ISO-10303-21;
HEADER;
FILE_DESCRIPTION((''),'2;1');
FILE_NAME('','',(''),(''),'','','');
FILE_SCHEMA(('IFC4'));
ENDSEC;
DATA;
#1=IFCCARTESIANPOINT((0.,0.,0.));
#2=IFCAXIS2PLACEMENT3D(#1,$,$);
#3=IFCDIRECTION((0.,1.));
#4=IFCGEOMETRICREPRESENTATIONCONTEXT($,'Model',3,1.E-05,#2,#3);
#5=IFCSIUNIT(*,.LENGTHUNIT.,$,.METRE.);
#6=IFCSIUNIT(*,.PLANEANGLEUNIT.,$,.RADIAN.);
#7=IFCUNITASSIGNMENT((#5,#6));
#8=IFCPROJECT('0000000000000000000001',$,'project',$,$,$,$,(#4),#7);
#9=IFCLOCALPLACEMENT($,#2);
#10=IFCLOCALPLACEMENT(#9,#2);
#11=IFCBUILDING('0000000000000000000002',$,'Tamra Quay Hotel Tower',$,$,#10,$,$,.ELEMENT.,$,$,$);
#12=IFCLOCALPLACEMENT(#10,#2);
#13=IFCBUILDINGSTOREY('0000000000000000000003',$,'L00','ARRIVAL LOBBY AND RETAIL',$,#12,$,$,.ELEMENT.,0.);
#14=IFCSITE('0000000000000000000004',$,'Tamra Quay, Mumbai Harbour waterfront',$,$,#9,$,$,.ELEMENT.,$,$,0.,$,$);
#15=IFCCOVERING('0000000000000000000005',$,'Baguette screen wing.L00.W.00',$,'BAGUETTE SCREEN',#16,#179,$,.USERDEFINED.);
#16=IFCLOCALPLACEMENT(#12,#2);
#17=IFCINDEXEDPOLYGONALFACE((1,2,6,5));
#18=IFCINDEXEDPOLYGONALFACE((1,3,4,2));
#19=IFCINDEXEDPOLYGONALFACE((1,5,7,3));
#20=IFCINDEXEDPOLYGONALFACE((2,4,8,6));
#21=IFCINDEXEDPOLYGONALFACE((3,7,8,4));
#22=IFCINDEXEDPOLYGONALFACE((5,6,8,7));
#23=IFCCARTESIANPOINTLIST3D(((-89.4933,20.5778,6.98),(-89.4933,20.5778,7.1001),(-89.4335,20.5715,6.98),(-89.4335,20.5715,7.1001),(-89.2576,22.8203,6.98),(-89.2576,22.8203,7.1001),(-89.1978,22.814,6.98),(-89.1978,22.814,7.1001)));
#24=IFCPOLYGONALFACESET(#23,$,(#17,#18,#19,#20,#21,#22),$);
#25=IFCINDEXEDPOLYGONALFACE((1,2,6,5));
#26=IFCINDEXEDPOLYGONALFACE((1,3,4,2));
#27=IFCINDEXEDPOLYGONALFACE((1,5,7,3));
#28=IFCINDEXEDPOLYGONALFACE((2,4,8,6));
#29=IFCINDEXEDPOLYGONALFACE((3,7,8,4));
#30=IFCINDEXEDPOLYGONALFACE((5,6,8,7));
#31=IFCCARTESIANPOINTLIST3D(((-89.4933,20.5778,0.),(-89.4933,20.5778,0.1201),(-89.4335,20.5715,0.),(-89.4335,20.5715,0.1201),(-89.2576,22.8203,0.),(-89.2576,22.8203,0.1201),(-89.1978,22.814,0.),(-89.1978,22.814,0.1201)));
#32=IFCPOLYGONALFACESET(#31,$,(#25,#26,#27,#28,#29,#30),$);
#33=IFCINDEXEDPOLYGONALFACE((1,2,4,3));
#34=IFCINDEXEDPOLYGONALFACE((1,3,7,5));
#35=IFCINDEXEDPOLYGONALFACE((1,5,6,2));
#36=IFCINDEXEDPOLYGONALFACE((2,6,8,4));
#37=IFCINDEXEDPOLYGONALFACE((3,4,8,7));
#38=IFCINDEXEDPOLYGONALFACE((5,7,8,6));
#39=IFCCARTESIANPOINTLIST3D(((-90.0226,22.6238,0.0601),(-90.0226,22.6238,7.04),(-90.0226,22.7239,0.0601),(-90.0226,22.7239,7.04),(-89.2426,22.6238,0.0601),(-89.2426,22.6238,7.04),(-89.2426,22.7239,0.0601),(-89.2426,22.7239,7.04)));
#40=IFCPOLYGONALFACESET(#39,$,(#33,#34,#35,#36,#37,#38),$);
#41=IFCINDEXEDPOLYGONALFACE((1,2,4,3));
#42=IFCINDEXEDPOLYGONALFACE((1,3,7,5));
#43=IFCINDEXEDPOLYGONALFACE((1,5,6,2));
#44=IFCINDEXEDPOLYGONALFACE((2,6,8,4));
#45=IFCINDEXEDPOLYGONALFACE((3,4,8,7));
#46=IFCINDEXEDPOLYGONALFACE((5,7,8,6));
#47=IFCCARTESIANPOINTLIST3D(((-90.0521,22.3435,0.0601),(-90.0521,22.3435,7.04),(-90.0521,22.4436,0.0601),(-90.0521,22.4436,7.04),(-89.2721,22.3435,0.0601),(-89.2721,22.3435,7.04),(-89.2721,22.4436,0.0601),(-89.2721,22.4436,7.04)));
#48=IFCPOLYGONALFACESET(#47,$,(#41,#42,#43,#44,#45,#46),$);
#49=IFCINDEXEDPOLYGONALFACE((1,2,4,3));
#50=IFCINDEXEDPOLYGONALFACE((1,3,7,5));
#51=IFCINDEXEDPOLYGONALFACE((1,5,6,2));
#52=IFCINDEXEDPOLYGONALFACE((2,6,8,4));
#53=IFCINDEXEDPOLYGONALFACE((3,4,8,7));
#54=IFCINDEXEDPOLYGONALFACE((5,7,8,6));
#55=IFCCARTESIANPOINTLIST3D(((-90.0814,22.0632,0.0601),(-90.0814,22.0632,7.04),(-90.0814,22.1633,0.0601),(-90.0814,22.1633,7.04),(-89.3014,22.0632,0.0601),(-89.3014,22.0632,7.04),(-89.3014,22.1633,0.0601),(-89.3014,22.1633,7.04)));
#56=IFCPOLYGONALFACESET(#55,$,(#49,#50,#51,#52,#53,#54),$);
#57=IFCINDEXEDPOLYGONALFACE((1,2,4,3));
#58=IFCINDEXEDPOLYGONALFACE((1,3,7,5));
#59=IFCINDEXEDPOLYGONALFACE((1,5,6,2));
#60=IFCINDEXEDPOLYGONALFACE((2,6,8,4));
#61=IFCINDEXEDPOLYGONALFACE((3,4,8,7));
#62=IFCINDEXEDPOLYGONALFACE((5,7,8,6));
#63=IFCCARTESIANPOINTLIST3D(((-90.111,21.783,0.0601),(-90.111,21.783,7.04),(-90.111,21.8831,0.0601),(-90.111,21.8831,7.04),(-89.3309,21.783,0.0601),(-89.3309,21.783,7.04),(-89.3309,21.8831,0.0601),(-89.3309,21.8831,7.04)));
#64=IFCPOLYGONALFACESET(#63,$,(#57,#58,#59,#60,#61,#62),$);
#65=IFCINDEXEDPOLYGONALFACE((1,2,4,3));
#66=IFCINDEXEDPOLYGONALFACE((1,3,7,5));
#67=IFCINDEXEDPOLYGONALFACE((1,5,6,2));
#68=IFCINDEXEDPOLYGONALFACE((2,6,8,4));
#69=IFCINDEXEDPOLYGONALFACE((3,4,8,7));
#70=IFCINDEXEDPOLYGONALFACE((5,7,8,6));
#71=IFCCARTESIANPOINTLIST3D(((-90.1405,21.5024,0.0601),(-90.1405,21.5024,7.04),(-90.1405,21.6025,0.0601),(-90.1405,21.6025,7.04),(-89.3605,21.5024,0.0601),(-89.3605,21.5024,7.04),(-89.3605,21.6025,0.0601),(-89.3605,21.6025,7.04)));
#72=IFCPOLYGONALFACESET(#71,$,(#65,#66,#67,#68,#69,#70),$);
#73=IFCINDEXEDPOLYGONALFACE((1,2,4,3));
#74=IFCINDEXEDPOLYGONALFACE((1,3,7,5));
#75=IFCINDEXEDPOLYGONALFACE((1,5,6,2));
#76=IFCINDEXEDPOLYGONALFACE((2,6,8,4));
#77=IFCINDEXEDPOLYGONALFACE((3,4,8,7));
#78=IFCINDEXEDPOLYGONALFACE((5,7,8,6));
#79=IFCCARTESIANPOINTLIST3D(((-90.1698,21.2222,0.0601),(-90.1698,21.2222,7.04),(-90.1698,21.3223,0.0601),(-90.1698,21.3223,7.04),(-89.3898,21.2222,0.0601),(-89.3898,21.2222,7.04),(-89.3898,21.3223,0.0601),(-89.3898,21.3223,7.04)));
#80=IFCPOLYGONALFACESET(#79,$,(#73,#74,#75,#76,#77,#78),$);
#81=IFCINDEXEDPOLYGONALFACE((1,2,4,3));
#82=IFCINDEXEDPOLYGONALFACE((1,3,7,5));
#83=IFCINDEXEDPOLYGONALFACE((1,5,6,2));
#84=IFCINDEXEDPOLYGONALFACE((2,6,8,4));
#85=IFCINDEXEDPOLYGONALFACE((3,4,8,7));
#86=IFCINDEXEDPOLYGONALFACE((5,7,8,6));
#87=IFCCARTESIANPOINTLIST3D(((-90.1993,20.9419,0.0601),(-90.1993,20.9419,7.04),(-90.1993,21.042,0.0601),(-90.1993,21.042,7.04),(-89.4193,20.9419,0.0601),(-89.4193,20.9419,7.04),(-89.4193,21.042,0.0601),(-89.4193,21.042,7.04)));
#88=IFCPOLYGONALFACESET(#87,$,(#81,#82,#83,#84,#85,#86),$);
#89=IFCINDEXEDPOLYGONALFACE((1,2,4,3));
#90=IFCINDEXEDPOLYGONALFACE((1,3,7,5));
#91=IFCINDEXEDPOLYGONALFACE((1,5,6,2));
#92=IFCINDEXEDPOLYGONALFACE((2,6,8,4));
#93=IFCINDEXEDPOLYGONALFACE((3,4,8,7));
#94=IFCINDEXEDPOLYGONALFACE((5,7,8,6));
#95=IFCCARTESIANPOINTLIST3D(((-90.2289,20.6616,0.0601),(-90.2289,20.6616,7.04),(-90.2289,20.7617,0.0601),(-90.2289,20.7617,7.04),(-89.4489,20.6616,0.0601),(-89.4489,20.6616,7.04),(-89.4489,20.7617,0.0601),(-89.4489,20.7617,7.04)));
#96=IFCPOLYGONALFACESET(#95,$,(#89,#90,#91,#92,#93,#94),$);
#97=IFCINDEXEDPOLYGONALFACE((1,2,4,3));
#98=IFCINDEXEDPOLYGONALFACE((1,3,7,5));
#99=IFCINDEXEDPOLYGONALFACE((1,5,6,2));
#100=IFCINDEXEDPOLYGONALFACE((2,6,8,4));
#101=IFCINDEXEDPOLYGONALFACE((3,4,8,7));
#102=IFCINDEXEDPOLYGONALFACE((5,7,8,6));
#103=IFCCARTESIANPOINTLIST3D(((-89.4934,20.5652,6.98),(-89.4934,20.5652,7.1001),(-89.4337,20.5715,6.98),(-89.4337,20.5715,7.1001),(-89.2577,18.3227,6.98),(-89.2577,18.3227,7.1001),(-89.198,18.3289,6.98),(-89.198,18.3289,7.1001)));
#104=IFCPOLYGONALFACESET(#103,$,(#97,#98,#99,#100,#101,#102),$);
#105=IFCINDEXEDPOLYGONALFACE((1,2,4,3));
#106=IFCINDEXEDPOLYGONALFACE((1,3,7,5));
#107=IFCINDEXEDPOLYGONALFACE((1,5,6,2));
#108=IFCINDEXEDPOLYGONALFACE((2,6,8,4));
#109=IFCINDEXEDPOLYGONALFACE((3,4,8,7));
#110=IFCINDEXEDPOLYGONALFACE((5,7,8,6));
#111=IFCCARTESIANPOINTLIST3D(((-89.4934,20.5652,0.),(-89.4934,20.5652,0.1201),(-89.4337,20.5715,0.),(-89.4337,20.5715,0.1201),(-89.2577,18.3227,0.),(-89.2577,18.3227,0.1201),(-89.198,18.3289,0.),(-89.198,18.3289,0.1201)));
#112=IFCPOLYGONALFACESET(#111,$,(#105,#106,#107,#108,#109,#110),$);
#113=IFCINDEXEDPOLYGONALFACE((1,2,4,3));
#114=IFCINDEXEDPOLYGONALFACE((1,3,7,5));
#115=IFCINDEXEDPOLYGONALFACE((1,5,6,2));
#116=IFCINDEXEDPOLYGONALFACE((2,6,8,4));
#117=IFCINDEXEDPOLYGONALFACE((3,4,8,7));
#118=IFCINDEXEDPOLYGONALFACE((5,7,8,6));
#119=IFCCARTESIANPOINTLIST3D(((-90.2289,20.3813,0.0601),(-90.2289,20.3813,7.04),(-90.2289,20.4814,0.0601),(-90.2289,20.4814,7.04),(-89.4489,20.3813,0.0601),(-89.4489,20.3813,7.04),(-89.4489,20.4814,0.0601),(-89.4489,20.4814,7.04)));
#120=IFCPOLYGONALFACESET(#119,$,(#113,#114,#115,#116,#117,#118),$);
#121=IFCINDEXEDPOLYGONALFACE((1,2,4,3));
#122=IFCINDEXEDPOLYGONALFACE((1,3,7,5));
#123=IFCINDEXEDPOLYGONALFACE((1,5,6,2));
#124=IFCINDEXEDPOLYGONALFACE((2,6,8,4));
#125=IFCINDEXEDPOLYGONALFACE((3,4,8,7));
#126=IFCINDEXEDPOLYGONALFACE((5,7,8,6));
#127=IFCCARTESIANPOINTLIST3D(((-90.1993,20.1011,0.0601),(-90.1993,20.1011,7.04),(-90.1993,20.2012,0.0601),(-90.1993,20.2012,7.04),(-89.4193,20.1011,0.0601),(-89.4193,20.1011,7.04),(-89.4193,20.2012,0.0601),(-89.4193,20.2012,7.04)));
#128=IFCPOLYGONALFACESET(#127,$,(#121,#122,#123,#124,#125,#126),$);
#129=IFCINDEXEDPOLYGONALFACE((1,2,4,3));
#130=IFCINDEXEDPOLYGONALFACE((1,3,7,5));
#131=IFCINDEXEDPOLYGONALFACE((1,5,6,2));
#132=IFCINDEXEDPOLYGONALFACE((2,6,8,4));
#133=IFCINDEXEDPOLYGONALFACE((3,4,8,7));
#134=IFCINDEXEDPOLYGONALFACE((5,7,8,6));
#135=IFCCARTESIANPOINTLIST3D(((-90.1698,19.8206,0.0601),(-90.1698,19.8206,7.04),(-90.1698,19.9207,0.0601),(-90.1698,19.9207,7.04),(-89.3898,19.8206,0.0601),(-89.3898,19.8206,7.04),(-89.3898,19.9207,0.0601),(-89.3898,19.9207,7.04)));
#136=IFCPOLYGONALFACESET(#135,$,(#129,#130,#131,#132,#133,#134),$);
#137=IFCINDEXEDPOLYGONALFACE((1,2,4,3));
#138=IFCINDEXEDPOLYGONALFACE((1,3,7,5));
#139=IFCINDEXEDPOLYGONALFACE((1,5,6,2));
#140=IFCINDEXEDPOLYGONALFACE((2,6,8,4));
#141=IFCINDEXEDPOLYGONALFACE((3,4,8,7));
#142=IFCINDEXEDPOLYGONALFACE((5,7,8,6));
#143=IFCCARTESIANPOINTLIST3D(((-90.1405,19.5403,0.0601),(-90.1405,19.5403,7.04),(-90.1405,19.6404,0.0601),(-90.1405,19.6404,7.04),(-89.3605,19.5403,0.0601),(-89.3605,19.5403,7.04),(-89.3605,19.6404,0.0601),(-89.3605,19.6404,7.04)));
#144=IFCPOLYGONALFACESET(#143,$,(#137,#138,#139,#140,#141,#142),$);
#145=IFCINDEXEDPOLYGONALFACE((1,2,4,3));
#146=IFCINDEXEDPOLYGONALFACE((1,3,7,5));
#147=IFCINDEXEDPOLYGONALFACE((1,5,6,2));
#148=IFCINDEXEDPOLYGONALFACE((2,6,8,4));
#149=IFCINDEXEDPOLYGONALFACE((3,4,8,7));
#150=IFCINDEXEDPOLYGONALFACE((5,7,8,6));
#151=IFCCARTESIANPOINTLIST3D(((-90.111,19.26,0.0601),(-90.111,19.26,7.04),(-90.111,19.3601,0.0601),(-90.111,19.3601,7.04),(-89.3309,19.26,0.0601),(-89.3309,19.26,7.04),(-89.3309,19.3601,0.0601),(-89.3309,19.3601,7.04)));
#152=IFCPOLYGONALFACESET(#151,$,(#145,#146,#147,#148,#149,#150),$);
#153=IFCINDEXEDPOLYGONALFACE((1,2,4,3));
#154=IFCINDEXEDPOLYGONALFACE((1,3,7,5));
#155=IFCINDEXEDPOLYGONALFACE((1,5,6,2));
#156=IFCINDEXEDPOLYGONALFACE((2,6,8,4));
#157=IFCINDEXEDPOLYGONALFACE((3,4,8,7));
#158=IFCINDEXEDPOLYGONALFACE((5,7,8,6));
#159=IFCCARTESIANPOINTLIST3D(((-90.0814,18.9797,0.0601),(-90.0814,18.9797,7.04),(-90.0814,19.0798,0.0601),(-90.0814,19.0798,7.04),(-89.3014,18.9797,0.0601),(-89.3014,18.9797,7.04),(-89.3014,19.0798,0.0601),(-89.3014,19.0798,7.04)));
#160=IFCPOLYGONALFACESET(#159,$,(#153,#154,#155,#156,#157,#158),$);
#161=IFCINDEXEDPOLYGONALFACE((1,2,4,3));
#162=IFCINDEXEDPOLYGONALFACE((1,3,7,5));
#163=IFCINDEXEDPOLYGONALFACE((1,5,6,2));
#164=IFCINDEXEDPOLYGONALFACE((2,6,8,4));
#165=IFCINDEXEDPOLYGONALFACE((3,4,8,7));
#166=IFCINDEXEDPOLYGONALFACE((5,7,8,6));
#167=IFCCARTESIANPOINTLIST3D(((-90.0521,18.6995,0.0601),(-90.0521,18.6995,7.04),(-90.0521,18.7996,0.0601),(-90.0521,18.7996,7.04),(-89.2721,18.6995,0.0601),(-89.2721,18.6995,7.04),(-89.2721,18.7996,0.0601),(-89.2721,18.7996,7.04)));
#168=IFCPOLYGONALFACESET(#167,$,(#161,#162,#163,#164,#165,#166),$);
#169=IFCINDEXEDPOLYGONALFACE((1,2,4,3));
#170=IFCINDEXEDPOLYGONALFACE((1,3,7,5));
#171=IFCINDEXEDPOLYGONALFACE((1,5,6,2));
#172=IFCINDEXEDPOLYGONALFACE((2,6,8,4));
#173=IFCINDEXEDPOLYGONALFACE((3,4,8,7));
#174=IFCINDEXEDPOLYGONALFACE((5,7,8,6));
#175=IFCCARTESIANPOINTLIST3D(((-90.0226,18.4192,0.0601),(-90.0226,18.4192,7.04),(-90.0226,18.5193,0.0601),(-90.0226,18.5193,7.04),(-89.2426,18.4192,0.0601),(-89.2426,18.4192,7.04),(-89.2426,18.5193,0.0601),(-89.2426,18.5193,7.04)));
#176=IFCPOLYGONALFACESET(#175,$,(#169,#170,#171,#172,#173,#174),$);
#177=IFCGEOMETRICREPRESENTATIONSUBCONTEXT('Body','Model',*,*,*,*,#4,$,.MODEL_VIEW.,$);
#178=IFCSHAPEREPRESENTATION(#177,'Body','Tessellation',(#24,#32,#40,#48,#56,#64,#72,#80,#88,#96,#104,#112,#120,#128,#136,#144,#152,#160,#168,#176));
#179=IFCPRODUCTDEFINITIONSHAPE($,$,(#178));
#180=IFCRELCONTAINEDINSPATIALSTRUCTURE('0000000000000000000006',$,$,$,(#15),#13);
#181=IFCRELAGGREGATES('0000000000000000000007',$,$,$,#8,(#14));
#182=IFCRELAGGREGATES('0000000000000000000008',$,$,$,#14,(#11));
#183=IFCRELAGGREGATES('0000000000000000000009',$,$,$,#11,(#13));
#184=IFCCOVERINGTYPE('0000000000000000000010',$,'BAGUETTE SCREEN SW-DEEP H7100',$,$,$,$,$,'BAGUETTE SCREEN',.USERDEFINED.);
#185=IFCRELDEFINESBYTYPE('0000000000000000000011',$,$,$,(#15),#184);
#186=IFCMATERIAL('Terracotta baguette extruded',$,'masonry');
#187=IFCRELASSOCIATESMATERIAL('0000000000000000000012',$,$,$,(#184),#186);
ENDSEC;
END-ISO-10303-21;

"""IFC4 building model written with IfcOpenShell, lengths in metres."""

from ifc_helpers import new_model, si_unit, direction, frame, frame_2d, origin, place, context, subcontext, project, spatial, rectangle, extrude, source, transform, mapped, material, type_object, element, save


model = new_model("IFC4")

# Units and contexts
model_context = context("Model", 3, precision=1e-05, world=origin(), true_north=direction((0.0, 1.0)))
body_context = subcontext(model_context, "Body", "Model", "MODEL_VIEW")
ifc_project = project(units=[si_unit("LENGTHUNIT", "METRE"), si_unit("PLANEANGLEUNIT", "RADIAN")], contexts=[model_context])

# Site, building, storey
site_placement = place(None, origin())
site = spatial("IfcSite", under=ifc_project, at=site_placement, Name="Tamra Quay, Mumbai Harbour waterfront", CompositionType="ELEMENT", RefElevation=0.0)
building_placement = place(site_placement, origin())
building = spatial("IfcBuilding", under=site, at=building_placement, Name="Tamra Quay Hotel Tower", CompositionType="ELEMENT")
storey_placement = place(building_placement, origin())
storey = spatial("IfcBuildingStorey", under=building, at=storey_placement, Name="L00", Description="ARRIVAL LOBBY AND RETAIL", CompositionType="ELEMENT", Elevation=0.0)

# Covering
ifc_material_1 = material(Name="Terracotta baguette extruded", Category="masonry")
covering_type_1 = type_object("IfcCoveringType", Name="BAGUETTE SCREEN SW-DEEP H7100", ElementType="BAGUETTE SCREEN", PredefinedType="USERDEFINED", material=ifc_material_1)
shared_shape_1 = source(origin(), body_context, "Body", "SweptSolid", [
    extrude(rectangle(XDim=2.2549, YDim=0.0601, at=frame_2d((1.1274, 0.03))), frame((-2.2488, -0.0576, -0.1201), z_axis=(0.0, 0.0, 1.0), x_axis=(0.994522, -0.104528, 0.0)), (0.0, 0.0, 1.0), 0.1201),
    extrude(rectangle(XDim=2.2549, YDim=0.0601, at=frame_2d((1.1274, 0.03))), frame((-2.2488, -0.0576, -7.1001), z_axis=(0.0, 0.0, 1.0), x_axis=(0.994522, -0.104528, 0.0)), (0.0, 0.0, 1.0), 0.1201),
    extrude(rectangle(XDim=0.1001, YDim=0.78, at=frame_2d((0.05, 0.3901))), frame((-2.1523, -0.8228, -7.04)), (0.0, 0.0, 1.0), 6.98),
    extrude(rectangle(XDim=0.1001, YDim=0.78, at=frame_2d((0.05, 0.3901))), frame((-1.8721, -0.8523, -7.04)), (0.0, 0.0, 1.0), 6.98),
    extrude(rectangle(XDim=0.1001, YDim=0.78, at=frame_2d((0.05, 0.3901))), frame((-1.5918, -0.8816, -7.04)), (0.0, 0.0, 1.0), 6.98),
    extrude(rectangle(XDim=0.1001, YDim=0.78, at=frame_2d((0.05, 0.3901))), frame((-1.3115, -0.9111, -7.04)), (0.0, 0.0, 1.0), 6.98),
    extrude(rectangle(XDim=0.1001, YDim=0.78, at=frame_2d((0.05, 0.3901))), frame((-1.031, -0.9407, -7.04)), (0.0, 0.0, 1.0), 6.98),
    extrude(rectangle(XDim=0.1001, YDim=0.78, at=frame_2d((0.05, 0.3901))), frame((-0.7507, -0.97, -7.04)), (0.0, 0.0, 1.0), 6.98),
    extrude(rectangle(XDim=0.1001, YDim=0.78, at=frame_2d((0.05, 0.3901))), frame((-0.4705, -0.9995, -7.04)), (0.0, 0.0, 1.0), 6.98),
    extrude(rectangle(XDim=0.1001, YDim=0.78, at=frame_2d((0.05, 0.3901))), frame((-0.1902, -1.0291, -7.04)), (0.0, 0.0, 1.0), 6.98),
    extrude(rectangle(XDim=2.2549, YDim=0.0601, at=frame_2d((1.1274, 0.03))), frame((0.0063, -0.2935, -0.1201), z_axis=(0.0, 0.0, 1.0), x_axis=(0.994522, 0.104528, 0.0)), (0.0, 0.0, 1.0), 0.1201),
    extrude(rectangle(XDim=2.2549, YDim=0.0601, at=frame_2d((1.1274, 0.03))), frame((0.0063, -0.2935, -7.1001), z_axis=(0.0, 0.0, 1.0), x_axis=(0.994522, 0.104528, 0.0)), (0.0, 0.0, 1.0), 0.1201),
    extrude(rectangle(XDim=0.1001, YDim=0.78, at=frame_2d((0.05, 0.3901))), frame((0.0901, -1.0291, -7.04)), (0.0, 0.0, 1.0), 6.98),
    extrude(rectangle(XDim=0.1001, YDim=0.78, at=frame_2d((0.05, 0.3901))), frame((0.3704, -0.9995, -7.04)), (0.0, 0.0, 1.0), 6.98),
    extrude(rectangle(XDim=0.1001, YDim=0.78, at=frame_2d((0.05, 0.3901))), frame((0.6509, -0.97, -7.04)), (0.0, 0.0, 1.0), 6.98),
    extrude(rectangle(XDim=0.1001, YDim=0.78, at=frame_2d((0.05, 0.3901))), frame((0.9312, -0.9407, -7.04)), (0.0, 0.0, 1.0), 6.98),
    extrude(rectangle(XDim=0.1001, YDim=0.78, at=frame_2d((0.05, 0.3901))), frame((1.2114, -0.9111, -7.04)), (0.0, 0.0, 1.0), 6.98),
    extrude(rectangle(XDim=0.1001, YDim=0.78, at=frame_2d((0.05, 0.3901))), frame((1.4917, -0.8816, -7.04)), (0.0, 0.0, 1.0), 6.98),
    extrude(rectangle(XDim=0.1001, YDim=0.78, at=frame_2d((0.05, 0.3901))), frame((1.772, -0.8523, -7.04)), (0.0, 0.0, 1.0), 6.98),
    extrude(rectangle(XDim=0.1001, YDim=0.78, at=frame_2d((0.05, 0.3901))), frame((2.0522, -0.8228, -7.04)), (0.0, 0.0, 1.0), 6.98),
])
for number, where, z_axis, x_axis, name in (
    (1, (-89.2, 20.5715, 7.1001), (0.0, 0.0, 1.0), (0.0, -1.0, 0.0), "Baguette screen wing.L00.W.00"),
):
    element("IfcCovering", number, at=place(storey_placement, frame(where, z_axis=z_axis, x_axis=x_axis)), inside=storey, type_object=covering_type_1, Name=name, ObjectType="BAGUETTE SCREEN", PredefinedType="USERDEFINED", context=body_context, shape_type="MappedRepresentation", body=[
        mapped(shared_shape_1, transform((0.0, 0.0, 0.0), scale=1.0)),
    ])

save(model, "model.ifc")
